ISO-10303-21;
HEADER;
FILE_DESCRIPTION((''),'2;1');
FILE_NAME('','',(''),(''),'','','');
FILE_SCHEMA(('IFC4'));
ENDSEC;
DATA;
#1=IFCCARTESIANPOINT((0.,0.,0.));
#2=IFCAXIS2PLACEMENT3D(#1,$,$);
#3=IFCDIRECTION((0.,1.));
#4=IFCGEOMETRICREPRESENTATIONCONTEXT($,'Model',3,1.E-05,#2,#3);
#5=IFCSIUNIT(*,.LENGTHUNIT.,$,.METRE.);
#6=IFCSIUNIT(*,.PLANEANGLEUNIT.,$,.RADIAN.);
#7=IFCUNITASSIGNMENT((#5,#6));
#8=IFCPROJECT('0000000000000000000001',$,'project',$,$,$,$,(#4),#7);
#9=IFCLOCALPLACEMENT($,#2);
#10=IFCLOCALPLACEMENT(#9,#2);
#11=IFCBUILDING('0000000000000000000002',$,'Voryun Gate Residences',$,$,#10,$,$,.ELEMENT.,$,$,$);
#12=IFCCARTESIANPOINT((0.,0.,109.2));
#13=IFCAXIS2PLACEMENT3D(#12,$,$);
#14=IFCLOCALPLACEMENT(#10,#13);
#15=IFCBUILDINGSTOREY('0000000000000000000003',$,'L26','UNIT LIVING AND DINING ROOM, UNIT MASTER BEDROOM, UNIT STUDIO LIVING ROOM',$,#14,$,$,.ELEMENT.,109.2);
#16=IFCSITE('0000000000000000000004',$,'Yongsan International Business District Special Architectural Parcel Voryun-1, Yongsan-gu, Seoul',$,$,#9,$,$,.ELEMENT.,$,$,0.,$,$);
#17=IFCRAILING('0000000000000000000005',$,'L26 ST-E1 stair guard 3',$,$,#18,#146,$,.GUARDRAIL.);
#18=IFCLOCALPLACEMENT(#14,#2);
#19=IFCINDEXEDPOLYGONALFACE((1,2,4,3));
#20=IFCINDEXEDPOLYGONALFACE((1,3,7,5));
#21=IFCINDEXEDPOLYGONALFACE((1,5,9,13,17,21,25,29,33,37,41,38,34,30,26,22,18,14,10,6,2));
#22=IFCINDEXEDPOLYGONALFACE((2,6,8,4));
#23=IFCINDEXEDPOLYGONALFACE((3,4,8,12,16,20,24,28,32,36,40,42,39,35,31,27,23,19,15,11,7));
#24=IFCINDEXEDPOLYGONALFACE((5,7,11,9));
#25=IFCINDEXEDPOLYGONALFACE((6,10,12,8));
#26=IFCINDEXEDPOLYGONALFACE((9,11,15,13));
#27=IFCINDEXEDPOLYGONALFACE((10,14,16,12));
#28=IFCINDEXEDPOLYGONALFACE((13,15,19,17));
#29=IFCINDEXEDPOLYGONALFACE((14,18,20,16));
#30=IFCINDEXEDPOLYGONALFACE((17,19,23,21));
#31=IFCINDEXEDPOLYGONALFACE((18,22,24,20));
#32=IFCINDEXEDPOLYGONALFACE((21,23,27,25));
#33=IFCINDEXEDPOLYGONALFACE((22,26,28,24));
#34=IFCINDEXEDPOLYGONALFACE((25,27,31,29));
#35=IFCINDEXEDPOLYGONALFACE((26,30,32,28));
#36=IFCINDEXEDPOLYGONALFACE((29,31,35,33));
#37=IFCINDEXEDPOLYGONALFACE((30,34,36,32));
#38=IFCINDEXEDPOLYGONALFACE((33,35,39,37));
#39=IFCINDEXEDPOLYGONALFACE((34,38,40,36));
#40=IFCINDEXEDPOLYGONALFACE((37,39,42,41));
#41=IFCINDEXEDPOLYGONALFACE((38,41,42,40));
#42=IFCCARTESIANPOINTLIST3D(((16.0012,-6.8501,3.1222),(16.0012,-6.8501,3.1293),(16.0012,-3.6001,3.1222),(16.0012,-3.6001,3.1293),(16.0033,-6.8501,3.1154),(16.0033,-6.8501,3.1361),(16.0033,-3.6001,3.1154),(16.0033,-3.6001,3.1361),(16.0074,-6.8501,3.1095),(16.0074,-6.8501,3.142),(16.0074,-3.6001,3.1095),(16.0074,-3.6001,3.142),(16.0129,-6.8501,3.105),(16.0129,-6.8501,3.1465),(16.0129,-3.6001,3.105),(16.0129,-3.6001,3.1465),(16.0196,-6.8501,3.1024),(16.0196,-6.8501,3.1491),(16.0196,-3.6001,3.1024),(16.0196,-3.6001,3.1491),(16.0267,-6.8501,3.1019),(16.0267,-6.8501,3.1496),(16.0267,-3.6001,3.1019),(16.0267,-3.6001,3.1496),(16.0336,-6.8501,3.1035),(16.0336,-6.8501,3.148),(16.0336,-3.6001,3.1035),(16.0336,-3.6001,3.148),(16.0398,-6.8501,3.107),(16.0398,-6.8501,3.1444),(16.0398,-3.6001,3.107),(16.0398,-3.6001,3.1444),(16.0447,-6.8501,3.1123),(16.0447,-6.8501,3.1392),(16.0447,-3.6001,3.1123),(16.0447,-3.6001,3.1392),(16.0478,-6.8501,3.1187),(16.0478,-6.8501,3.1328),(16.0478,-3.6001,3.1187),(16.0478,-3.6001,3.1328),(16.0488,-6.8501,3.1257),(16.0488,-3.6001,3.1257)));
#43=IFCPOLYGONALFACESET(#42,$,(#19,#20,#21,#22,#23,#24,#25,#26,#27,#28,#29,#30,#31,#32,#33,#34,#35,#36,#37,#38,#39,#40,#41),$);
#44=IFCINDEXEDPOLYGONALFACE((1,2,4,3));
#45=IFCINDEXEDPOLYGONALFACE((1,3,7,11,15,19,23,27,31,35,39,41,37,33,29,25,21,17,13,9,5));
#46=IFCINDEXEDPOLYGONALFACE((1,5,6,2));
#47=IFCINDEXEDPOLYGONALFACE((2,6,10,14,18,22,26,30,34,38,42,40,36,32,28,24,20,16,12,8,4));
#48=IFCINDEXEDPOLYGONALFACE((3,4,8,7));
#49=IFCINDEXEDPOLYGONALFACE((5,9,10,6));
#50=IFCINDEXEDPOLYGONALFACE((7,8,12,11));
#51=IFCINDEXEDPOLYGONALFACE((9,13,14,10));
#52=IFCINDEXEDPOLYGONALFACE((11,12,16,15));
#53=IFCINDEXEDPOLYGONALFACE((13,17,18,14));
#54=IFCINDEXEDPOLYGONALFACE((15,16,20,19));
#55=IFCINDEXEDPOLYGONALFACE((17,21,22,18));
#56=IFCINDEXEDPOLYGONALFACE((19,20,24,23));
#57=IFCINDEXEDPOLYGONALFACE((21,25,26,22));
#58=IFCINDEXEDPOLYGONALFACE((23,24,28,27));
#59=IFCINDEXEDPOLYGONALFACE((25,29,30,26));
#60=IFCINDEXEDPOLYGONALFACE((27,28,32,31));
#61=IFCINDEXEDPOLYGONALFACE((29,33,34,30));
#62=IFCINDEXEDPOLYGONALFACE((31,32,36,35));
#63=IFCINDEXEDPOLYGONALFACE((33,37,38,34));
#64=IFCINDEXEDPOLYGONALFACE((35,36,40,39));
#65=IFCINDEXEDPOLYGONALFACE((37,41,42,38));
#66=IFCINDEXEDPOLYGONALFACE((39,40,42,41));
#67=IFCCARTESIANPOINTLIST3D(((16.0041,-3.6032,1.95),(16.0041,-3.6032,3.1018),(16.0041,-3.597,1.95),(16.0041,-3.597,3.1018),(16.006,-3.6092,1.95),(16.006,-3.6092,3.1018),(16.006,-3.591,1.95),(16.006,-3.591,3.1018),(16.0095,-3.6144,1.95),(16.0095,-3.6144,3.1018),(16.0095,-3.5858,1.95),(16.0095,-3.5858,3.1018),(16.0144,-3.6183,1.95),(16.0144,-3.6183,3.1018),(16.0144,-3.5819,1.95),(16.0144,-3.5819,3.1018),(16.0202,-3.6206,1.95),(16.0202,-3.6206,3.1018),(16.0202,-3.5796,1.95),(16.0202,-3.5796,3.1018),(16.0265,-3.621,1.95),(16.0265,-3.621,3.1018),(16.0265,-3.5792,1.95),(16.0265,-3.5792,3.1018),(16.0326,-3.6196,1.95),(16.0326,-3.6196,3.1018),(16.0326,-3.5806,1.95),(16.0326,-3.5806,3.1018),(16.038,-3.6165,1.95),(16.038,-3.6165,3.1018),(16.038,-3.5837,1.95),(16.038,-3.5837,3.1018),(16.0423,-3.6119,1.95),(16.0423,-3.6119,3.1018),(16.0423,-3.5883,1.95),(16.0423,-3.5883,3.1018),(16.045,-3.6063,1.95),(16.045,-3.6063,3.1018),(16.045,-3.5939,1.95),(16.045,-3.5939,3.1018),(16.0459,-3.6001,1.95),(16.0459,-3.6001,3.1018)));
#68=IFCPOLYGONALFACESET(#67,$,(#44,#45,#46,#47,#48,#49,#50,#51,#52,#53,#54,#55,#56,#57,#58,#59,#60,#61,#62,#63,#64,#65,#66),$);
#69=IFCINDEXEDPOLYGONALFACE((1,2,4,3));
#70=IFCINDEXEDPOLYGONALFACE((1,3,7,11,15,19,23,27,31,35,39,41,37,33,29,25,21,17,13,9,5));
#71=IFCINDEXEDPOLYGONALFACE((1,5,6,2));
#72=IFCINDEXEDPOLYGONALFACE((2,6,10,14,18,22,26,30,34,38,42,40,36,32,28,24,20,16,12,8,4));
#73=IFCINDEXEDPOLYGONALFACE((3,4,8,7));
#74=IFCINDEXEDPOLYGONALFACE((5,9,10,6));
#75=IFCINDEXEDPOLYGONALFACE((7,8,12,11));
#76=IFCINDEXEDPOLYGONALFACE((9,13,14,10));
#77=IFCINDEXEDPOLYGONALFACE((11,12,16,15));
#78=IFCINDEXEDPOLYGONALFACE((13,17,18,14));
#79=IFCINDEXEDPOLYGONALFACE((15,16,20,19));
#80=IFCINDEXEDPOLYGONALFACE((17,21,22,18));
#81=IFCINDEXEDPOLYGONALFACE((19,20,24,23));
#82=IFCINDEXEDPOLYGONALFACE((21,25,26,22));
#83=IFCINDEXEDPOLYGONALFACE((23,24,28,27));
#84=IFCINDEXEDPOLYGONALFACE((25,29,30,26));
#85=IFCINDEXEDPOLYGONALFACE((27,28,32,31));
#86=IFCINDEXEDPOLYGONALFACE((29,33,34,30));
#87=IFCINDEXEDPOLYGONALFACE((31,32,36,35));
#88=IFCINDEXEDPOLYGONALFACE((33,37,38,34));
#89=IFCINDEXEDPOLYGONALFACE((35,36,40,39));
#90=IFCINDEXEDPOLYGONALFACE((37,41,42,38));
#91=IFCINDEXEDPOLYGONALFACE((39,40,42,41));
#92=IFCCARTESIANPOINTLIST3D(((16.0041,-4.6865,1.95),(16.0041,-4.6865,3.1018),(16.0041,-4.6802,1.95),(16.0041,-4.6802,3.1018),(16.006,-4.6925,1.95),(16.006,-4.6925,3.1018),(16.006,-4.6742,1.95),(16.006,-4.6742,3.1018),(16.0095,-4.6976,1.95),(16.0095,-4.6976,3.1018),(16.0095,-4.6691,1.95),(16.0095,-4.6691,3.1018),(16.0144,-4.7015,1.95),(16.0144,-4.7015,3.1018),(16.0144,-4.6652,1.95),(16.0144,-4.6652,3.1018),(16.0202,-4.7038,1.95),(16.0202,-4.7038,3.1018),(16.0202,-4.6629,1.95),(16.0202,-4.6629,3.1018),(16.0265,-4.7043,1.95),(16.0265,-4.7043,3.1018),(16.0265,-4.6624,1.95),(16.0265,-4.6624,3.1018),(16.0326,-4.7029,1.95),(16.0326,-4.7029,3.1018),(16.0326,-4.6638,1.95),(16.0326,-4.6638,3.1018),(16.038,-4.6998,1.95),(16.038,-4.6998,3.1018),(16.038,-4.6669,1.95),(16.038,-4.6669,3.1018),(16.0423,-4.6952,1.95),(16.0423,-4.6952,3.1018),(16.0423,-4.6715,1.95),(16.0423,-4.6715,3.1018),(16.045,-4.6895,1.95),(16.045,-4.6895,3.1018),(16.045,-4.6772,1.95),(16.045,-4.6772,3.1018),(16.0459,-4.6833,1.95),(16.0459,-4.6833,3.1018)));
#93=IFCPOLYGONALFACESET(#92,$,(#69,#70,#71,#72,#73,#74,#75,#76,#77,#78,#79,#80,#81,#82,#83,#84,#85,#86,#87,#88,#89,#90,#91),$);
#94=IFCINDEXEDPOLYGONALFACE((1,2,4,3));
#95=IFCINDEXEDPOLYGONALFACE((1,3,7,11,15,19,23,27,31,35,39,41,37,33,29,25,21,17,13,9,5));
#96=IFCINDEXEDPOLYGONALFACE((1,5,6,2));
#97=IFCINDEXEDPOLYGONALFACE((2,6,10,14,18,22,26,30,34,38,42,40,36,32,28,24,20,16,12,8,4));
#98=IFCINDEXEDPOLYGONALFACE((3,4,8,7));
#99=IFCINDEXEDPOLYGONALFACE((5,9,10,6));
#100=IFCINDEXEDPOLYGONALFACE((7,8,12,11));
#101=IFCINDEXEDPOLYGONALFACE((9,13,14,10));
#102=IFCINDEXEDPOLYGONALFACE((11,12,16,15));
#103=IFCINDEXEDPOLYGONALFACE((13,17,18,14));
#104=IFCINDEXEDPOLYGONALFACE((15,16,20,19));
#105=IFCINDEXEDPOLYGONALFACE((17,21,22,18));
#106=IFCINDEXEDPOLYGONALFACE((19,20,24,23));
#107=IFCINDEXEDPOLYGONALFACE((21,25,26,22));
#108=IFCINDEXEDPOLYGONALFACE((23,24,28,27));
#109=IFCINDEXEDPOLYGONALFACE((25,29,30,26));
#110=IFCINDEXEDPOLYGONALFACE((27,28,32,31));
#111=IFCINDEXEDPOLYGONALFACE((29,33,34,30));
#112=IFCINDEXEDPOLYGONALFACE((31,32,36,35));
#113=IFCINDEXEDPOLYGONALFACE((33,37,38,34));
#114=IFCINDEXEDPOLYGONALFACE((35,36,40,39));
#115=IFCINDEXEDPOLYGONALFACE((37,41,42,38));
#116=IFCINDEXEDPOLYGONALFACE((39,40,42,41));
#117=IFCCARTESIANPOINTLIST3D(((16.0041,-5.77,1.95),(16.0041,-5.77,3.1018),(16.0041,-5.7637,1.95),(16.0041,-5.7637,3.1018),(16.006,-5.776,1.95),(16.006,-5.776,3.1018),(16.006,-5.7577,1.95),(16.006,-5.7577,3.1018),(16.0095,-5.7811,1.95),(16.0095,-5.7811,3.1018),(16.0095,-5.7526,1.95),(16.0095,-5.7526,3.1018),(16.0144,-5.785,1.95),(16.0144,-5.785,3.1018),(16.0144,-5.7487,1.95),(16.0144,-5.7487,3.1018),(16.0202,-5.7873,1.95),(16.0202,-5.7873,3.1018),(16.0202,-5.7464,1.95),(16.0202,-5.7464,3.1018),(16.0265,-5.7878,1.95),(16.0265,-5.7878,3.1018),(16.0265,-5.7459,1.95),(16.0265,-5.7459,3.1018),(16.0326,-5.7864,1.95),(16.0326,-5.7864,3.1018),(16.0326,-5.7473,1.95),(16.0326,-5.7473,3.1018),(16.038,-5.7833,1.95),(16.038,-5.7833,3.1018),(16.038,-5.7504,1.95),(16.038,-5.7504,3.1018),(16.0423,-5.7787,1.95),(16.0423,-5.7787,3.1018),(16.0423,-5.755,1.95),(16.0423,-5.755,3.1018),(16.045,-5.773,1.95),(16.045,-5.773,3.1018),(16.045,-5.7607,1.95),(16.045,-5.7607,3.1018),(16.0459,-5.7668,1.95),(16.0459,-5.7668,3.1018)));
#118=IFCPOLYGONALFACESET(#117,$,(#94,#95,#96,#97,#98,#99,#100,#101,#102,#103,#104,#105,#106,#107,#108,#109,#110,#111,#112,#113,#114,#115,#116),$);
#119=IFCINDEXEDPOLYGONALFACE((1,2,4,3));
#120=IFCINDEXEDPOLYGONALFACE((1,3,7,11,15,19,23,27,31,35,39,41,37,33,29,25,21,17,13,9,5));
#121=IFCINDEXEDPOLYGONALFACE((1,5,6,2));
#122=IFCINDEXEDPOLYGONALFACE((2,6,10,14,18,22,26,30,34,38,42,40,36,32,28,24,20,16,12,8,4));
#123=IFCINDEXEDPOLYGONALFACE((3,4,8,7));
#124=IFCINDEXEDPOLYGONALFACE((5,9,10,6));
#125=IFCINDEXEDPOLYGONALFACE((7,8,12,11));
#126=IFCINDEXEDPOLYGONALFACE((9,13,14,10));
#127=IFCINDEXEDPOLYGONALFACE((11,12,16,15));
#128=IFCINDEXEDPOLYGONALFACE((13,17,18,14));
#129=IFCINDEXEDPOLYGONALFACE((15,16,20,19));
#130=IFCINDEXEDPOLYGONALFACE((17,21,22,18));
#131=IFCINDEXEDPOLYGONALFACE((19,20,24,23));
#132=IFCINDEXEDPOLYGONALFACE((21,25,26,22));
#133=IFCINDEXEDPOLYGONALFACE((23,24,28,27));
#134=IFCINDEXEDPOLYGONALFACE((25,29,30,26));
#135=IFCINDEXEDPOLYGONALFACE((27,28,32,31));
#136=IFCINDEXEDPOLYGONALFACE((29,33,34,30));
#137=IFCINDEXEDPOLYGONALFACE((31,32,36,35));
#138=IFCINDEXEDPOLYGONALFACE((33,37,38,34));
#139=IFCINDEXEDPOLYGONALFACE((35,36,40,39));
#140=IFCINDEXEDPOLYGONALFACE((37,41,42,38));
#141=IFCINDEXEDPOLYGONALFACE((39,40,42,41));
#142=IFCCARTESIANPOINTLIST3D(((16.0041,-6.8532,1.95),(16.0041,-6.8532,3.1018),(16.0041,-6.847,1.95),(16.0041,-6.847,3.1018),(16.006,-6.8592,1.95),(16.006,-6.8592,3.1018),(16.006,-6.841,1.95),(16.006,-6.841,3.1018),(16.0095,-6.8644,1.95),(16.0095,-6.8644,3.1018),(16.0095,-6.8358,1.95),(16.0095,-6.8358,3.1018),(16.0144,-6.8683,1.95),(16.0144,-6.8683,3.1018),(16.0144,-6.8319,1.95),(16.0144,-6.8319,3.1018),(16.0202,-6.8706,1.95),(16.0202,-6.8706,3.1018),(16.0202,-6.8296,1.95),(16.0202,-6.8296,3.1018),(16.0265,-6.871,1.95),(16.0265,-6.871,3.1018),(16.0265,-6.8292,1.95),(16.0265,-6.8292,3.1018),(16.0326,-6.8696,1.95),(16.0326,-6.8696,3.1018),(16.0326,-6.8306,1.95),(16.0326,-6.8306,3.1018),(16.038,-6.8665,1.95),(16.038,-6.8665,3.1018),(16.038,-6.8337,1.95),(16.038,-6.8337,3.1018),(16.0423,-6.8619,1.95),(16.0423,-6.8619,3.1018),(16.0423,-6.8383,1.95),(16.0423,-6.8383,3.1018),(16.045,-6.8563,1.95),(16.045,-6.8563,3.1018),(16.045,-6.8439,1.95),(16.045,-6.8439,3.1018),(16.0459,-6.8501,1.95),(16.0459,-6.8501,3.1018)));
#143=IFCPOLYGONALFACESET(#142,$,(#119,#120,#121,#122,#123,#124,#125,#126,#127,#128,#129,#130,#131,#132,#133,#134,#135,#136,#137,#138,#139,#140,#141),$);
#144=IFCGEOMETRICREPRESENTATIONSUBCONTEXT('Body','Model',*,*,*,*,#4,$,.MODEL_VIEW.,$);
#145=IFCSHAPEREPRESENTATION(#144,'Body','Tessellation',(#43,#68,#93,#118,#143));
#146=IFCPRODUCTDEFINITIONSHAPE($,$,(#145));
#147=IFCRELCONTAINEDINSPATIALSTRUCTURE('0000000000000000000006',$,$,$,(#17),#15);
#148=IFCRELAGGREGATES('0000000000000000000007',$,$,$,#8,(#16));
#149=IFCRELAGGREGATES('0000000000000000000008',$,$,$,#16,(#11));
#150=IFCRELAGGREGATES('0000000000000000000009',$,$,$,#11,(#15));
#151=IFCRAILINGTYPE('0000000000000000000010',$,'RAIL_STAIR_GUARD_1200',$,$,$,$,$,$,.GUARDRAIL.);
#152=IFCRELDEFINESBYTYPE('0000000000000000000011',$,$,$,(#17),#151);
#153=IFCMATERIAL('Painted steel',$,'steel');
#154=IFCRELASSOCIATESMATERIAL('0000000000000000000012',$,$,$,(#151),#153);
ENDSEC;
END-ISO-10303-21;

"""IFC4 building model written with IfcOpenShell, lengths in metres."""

from ifc_helpers import new_model, si_unit, direction, frame, origin, origin_2d, place, context, subcontext, project, spatial, circle, extrude, material, type_object, element, save


model = new_model("IFC4")

# Units and contexts
model_context = context("Model", 3, precision=1e-05, world=origin(), true_north=direction((0.0, 1.0)))
body_context = subcontext(model_context, "Body", "Model", "MODEL_VIEW")
ifc_project = project(units=[si_unit("LENGTHUNIT", "METRE"), si_unit("PLANEANGLEUNIT", "RADIAN")], contexts=[model_context])

# Site, building, storey
site_placement = place(None, origin())
site = spatial("IfcSite", under=ifc_project, at=site_placement, Name="Yongsan International Business District Special Architectural Parcel Voryun-1, Yongsan-gu, Seoul", CompositionType="ELEMENT", RefElevation=0.0)
building_placement = place(site_placement, origin())
building = spatial("IfcBuilding", under=site, at=building_placement, Name="Voryun Gate Residences", CompositionType="ELEMENT")
storey_placement = place(building_placement, frame((0.0, 0.0, 109.2)))
storey = spatial("IfcBuildingStorey", under=building, at=storey_placement, Name="L26", Description="UNIT LIVING AND DINING ROOM, UNIT MASTER BEDROOM, UNIT STUDIO LIVING ROOM", CompositionType="ELEMENT", Elevation=109.2)

# Railing
ifc_material_1 = material(Name="Painted steel", Category="steel")
railing_type_1 = type_object("IfcRailingType", Name="RAIL_STAIR_GUARD_1200", PredefinedType="GUARDRAIL", material=ifc_material_1)
railing_1_placement = place(storey_placement, frame((16.0249, -3.6001, 1.95)))
element("IfcRailing", 1, at=railing_1_placement, inside=storey, type_object=railing_type_1, Name="L26 ST-E1 stair guard 3", PredefinedType="GUARDRAIL", context=body_context, shape_type="SweptSolid", body=[
    extrude(circle(Radius=0.0239, at=origin_2d()), frame((0.0, 0.0, 1.1758), z_axis=(0.0, -1.0, 0.0), x_axis=(1.0, 0.0, 0.0)), (0.0, 0.0, 1.0), 3.25),
    extrude(circle(Radius=0.021, at=origin_2d()), origin(), (0.0, 0.0, 1.0), 1.1519),
    extrude(circle(Radius=0.021, at=origin_2d()), frame((0.0, -1.0833, 0.0)), (0.0, 0.0, 1.0), 1.1519),
    extrude(circle(Radius=0.021, at=origin_2d()), frame((0.0, -2.1667, 0.0)), (0.0, 0.0, 1.0), 1.1519),
    extrude(circle(Radius=0.021, at=origin_2d()), frame((0.0, -3.25, 0.0)), (0.0, 0.0, 1.0), 1.1519),
])

save(model, "model.ifc")
